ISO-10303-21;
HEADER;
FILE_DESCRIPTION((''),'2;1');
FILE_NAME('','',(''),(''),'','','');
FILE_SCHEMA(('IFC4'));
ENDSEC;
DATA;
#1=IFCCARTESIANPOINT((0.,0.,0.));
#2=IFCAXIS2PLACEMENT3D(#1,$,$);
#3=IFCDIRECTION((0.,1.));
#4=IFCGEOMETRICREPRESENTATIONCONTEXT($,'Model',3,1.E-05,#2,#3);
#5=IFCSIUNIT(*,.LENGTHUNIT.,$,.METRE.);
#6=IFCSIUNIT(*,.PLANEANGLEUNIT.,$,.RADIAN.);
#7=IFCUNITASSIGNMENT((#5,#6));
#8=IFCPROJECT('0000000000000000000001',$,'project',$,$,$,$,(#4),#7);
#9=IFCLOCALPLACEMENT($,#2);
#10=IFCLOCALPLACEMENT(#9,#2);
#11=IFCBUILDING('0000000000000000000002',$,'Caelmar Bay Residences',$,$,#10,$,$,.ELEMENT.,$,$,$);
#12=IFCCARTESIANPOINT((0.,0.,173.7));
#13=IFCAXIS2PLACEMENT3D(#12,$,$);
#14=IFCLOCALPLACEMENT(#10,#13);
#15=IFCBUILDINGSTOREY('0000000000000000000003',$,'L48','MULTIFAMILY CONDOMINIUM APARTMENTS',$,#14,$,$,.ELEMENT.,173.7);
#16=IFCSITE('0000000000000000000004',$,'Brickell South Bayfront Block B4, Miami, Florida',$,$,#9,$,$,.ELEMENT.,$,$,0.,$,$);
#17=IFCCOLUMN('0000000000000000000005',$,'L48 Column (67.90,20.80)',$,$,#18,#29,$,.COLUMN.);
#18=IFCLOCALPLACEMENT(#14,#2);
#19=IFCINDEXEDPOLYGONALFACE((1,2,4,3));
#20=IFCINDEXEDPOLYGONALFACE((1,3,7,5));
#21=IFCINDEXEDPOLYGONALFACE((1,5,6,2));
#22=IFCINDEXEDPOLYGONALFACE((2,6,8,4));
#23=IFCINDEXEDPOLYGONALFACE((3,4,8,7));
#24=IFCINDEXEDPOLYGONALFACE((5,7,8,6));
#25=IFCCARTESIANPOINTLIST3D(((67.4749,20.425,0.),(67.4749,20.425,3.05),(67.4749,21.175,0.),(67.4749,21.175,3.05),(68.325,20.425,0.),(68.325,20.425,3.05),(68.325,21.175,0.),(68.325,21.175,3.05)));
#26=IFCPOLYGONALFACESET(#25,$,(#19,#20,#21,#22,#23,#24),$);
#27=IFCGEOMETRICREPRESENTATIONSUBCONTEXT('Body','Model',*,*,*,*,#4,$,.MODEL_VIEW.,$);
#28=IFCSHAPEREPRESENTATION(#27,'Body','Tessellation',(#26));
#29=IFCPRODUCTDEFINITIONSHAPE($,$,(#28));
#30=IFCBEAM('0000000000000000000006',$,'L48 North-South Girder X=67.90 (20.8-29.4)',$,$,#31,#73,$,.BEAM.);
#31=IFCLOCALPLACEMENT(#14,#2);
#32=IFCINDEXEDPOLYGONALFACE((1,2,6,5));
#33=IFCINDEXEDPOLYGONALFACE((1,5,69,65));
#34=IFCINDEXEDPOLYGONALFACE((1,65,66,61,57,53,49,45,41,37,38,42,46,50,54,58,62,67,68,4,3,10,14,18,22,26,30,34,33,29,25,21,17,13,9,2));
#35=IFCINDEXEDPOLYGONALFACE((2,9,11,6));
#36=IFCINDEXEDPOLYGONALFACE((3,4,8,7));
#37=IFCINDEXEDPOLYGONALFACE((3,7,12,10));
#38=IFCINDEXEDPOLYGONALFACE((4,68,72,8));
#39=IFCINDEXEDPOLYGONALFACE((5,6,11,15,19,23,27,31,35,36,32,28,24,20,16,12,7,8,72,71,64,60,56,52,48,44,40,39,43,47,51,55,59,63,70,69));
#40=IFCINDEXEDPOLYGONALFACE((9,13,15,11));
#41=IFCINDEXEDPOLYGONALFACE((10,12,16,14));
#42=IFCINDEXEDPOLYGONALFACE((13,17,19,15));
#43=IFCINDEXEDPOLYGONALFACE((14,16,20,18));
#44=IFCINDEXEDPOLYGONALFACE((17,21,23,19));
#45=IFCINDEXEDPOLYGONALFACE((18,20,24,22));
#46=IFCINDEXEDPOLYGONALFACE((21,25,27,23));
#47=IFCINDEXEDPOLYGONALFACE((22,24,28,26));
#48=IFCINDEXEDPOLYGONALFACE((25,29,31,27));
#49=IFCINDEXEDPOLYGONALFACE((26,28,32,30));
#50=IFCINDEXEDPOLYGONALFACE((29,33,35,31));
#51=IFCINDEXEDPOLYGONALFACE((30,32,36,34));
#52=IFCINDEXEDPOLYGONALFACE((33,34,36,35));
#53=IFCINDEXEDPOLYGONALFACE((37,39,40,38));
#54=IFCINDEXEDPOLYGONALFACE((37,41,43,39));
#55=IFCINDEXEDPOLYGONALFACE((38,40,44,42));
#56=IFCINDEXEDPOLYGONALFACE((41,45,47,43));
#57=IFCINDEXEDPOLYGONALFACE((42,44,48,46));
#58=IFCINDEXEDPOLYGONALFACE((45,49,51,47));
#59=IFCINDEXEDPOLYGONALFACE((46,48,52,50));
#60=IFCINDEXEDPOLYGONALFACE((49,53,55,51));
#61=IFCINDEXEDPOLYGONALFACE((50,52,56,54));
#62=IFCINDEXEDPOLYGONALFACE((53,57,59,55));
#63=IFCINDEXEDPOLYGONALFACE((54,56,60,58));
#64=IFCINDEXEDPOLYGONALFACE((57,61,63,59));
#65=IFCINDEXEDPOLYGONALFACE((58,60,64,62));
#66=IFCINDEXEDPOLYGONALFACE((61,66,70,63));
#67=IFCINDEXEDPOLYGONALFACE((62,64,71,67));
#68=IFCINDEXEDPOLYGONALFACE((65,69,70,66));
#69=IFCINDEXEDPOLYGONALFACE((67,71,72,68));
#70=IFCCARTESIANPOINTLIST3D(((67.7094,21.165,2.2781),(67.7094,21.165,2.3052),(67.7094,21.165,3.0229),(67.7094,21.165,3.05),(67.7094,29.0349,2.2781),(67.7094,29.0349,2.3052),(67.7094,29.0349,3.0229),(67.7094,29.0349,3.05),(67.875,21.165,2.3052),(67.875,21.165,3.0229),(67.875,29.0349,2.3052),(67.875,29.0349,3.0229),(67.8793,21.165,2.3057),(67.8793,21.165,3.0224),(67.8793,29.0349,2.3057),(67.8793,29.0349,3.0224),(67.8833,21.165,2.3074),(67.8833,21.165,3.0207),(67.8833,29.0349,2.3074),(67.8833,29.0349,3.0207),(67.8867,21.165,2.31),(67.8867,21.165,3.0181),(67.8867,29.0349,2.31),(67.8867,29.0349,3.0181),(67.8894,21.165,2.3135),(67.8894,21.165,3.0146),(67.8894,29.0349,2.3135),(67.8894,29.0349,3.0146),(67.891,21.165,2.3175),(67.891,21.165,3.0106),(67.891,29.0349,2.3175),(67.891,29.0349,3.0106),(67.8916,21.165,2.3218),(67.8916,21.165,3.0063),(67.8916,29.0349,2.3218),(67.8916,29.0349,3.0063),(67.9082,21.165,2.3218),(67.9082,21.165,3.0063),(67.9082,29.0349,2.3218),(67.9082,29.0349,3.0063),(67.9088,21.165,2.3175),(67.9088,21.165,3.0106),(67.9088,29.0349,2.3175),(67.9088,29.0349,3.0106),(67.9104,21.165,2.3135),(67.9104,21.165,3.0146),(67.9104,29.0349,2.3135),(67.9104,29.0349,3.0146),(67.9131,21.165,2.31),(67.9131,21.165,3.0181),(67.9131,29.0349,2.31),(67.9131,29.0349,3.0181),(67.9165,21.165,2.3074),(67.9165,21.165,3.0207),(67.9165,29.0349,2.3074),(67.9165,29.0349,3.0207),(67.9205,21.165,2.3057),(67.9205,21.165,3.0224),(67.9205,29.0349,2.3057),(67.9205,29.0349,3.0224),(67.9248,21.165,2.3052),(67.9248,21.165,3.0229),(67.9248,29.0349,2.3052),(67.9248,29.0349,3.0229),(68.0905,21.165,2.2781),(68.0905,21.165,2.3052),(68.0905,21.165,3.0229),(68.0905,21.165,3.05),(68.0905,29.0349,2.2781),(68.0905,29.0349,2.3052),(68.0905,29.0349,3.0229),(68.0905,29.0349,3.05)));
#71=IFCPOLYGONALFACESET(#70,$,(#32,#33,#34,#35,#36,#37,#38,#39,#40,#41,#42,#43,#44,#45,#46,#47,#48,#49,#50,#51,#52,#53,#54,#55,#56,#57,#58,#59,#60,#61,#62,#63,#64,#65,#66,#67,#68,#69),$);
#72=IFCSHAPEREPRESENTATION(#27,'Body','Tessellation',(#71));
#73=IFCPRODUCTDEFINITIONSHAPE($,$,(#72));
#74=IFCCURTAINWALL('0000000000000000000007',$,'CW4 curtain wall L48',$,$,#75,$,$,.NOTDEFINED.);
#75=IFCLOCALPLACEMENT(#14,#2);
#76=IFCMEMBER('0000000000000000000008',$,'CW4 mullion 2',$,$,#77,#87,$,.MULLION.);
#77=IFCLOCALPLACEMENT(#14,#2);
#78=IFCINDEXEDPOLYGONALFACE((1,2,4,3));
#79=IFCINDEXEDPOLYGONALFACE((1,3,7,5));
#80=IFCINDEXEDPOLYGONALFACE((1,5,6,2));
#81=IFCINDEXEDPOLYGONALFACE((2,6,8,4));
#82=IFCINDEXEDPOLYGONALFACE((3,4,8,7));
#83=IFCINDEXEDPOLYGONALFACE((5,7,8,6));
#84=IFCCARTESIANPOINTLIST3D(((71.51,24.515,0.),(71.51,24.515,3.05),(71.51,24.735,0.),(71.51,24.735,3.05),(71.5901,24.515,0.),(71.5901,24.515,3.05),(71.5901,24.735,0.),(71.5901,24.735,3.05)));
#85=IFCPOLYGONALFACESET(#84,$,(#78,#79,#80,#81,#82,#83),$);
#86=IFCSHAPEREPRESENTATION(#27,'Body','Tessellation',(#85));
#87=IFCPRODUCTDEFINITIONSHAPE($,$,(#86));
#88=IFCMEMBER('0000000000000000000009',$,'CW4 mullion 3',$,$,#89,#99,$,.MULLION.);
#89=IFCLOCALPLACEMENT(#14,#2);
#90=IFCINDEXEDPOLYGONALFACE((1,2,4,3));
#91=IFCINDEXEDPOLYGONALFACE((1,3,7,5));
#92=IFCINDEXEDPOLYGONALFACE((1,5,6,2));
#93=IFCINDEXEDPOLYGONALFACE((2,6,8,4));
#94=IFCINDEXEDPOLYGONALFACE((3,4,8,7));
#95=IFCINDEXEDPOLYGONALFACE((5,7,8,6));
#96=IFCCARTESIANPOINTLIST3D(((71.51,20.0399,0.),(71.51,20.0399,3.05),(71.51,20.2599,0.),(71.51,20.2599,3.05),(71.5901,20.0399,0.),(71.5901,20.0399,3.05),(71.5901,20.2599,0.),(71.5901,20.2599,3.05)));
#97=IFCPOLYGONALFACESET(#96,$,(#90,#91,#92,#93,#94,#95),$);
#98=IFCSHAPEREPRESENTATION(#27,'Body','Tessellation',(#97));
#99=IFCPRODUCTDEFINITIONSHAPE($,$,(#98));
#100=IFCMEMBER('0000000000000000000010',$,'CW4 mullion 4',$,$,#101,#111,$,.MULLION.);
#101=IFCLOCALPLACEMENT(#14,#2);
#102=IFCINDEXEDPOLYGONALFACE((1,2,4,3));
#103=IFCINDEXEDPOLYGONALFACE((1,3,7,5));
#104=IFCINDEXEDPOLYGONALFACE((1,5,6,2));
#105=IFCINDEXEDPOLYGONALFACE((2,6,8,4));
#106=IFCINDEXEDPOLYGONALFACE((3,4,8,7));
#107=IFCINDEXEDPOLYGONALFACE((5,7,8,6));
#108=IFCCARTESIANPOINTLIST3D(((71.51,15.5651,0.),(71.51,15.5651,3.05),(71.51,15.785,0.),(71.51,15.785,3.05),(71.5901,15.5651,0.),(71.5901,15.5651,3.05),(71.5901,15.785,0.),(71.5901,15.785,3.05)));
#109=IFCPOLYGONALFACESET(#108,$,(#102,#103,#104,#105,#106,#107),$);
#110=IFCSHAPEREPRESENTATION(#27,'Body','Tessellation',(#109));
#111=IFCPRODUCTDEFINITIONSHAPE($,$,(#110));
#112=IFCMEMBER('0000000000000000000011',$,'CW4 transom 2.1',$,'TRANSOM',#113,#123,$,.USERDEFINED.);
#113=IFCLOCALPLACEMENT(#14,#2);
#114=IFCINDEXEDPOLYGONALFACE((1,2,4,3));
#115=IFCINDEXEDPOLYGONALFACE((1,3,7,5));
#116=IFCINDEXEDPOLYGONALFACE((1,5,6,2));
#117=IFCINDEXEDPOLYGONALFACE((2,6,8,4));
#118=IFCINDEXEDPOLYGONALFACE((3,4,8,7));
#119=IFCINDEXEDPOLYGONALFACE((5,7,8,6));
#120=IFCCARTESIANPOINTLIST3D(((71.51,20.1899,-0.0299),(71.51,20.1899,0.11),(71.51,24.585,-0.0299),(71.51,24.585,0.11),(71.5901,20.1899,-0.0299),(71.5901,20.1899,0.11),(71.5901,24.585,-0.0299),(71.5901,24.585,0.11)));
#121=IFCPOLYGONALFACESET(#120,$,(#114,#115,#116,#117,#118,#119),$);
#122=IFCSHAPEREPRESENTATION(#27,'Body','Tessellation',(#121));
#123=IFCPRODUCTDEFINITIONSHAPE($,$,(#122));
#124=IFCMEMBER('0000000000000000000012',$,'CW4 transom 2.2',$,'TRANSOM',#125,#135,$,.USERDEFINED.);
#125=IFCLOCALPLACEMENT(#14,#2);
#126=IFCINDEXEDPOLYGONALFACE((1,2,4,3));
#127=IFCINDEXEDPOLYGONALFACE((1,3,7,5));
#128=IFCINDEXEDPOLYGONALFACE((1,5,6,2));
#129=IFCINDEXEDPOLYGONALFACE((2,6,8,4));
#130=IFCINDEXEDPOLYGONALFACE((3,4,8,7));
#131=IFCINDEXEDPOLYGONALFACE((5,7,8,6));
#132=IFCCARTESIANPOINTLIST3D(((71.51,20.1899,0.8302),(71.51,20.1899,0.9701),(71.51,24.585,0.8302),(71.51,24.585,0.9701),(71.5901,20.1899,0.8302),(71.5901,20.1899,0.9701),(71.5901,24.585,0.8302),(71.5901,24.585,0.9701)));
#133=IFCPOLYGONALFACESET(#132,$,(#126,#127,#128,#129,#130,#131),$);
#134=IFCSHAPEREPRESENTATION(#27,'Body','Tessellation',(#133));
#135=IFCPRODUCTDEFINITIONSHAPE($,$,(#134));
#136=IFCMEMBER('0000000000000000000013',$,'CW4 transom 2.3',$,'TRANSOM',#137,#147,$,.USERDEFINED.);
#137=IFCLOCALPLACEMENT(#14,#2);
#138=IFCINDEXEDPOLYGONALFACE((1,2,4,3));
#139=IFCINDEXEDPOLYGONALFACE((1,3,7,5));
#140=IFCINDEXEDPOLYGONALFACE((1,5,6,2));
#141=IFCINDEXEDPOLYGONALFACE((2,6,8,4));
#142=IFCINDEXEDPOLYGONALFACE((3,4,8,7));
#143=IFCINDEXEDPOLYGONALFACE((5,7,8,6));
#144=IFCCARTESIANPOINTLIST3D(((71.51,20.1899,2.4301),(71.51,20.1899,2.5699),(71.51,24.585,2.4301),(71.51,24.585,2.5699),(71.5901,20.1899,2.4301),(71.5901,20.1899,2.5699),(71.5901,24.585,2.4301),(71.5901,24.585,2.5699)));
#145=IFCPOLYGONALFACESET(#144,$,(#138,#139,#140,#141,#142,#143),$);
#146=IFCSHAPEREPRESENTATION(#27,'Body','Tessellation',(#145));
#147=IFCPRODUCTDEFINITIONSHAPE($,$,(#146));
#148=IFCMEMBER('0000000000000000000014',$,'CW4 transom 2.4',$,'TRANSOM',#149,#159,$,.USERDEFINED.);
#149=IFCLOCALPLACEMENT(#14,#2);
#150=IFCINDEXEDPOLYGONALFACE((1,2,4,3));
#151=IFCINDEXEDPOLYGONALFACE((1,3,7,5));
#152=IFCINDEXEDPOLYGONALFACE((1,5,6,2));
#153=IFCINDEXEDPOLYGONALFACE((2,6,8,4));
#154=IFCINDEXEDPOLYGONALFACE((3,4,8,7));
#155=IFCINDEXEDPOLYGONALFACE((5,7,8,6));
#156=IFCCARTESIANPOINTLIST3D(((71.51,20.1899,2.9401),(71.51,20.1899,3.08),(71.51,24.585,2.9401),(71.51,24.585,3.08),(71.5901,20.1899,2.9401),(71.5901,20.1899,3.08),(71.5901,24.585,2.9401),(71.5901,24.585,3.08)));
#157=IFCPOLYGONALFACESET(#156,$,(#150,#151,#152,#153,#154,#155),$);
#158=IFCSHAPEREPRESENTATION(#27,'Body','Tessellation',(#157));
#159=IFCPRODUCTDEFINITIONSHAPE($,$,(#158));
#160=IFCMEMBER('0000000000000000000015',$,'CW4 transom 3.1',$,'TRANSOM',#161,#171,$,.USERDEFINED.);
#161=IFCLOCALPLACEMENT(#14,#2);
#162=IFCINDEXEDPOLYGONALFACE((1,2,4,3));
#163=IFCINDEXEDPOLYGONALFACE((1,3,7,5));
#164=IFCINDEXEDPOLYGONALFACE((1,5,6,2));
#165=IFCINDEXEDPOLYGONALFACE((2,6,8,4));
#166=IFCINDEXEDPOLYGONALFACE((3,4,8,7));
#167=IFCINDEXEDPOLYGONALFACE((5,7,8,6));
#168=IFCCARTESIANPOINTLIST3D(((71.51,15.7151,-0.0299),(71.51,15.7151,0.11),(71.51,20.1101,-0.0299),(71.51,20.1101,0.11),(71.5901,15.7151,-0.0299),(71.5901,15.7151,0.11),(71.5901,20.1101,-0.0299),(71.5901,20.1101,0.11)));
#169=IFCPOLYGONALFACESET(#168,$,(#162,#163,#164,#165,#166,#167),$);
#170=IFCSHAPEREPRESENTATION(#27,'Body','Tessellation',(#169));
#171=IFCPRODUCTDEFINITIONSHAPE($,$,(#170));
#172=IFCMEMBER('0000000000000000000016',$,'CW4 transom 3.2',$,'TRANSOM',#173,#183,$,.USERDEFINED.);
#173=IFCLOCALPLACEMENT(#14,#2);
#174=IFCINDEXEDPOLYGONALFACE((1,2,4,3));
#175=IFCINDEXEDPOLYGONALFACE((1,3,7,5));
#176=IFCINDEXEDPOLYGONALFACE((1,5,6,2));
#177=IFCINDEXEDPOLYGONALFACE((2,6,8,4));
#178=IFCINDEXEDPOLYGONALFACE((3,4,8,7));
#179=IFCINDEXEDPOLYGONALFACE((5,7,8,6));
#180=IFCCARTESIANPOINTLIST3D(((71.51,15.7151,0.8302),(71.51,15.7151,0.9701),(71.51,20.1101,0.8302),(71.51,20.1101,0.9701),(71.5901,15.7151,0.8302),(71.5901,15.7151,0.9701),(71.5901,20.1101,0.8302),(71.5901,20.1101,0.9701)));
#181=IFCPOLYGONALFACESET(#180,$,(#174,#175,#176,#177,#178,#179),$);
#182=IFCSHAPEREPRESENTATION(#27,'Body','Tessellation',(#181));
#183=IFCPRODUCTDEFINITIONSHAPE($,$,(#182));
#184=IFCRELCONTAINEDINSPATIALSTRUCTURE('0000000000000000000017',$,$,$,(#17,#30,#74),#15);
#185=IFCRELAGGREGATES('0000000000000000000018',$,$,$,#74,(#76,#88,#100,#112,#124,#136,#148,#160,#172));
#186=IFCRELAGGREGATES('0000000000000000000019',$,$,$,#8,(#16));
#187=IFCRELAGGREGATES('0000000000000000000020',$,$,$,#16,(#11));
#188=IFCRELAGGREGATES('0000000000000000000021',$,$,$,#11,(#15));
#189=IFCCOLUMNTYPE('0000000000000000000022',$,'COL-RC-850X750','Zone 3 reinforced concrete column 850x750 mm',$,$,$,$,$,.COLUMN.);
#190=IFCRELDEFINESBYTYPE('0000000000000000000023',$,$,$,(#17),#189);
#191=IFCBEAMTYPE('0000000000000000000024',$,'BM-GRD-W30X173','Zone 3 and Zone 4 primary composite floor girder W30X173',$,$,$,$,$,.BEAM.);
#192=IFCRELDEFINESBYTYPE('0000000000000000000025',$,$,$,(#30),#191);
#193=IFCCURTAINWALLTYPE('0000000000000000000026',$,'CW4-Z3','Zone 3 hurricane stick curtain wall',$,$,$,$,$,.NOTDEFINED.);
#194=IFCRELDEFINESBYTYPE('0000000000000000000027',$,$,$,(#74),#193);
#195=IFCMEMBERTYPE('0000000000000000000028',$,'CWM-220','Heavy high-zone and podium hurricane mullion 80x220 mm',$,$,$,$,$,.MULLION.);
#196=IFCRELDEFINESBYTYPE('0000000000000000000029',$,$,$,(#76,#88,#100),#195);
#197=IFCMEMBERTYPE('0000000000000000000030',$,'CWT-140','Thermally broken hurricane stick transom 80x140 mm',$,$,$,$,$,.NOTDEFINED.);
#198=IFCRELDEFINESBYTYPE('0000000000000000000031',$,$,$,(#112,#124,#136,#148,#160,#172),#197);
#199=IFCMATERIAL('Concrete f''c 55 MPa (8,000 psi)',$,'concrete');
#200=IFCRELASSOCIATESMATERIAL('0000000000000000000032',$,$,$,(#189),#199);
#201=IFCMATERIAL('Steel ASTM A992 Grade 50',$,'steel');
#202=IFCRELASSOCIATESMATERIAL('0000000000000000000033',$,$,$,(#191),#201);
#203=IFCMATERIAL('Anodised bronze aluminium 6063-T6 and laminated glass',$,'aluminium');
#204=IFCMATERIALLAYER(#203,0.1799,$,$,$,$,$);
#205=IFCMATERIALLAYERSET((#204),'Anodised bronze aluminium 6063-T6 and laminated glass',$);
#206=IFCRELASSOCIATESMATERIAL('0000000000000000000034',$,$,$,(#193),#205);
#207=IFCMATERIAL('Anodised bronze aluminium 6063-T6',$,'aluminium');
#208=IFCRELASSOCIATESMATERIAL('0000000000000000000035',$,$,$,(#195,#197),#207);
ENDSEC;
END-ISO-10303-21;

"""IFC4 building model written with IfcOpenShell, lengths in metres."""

from ifc_helpers import new_model, si_unit, direction, frame, origin, origin_2d, place, context, subcontext, project, spatial, rectangle, i_section, extrude, material, layer, layer_set, material_profile, profile_set, type_object, element, aggregate, save


model = new_model("IFC4")

# Units and contexts
model_context = context("Model", 3, precision=1e-05, world=origin(), true_north=direction((0.0, 1.0)))
body_context = subcontext(model_context, "Body", "Model", "MODEL_VIEW")
ifc_project = project(units=[si_unit("LENGTHUNIT", "METRE"), si_unit("PLANEANGLEUNIT", "RADIAN")], contexts=[model_context])

# Site, building, storey
site_placement = place(None, origin())
site = spatial("IfcSite", under=ifc_project, at=site_placement, Name="Brickell South Bayfront Block B4, Miami, Florida", CompositionType="ELEMENT", RefElevation=0.0)
building_placement = place(site_placement, origin())
building = spatial("IfcBuilding", under=site, at=building_placement, Name="Caelmar Bay Residences", CompositionType="ELEMENT")
storey_placement = place(building_placement, frame((0.0, 0.0, 173.7)))
storey = spatial("IfcBuildingStorey", under=building, at=storey_placement, Name="L48", Description="MULTIFAMILY CONDOMINIUM APARTMENTS", CompositionType="ELEMENT", Elevation=173.7)

# Column
ifc_material_1 = material(Name="Concrete f'c 55 MPa (8,000 psi)", Category="concrete")
ifc_material_profile_1 = material_profile(ifc_material_1, rectangle(XDim=0.8501, YDim=0.75, at=origin_2d()), Name="RC-COL-850X750")
ifc_profile_set_1 = profile_set([ifc_material_profile_1], Name="Concrete f'c 55 MPa (8,000 psi)")
column_type = type_object("IfcColumnType", Name="COL-RC-850X750", Description="Zone 3 reinforced concrete column 850x750 mm", PredefinedType="COLUMN", material=ifc_profile_set_1)
column_placement = place(storey_placement, frame((67.8999, 20.8, 0.0), z_axis=(0.0, 0.0, 1.0), x_axis=(1.0, 0.0, 0.0)))
element("IfcColumn", 1, at=column_placement, inside=storey, type_object=column_type, Name="L48 Column (67.90,20.80)", PredefinedType="COLUMN", context=body_context, shape_type="SweptSolid", body=[
    extrude(rectangle(XDim=0.8501, YDim=0.75, at=origin_2d()), origin(), (0.0, 0.0, 1.0), 3.05),
])

# Beam
ifc_material_2 = material(Name="Steel ASTM A992 Grade 50", Category="steel")
ifc_material_profile_2 = material_profile(ifc_material_2, i_section(OverallWidth=0.3811, OverallDepth=0.772, WebThickness=0.0166, FlangeThickness=0.0271, FilletRadius=0.0166, at=origin_2d()), Name="W30X173")
ifc_profile_set_2 = profile_set([ifc_material_profile_2], Name="Steel ASTM A992 Grade 50")
beam_type = type_object("IfcBeamType", Name="BM-GRD-W30X173", Description="Zone 3 and Zone 4 primary composite floor girder W30X173", PredefinedType="BEAM", material=ifc_profile_set_2)
beam_placement = place(storey_placement, frame((67.8999, 21.165, 2.6641), z_axis=(0.0, 1.0, 0.0), x_axis=(-1.0, 0.0, 0.0)))
element("IfcBeam", 2, at=beam_placement, inside=storey, type_object=beam_type, Name="L48 North-South Girder X=67.90 (20.8-29.4)", PredefinedType="BEAM", context=body_context, shape_type="SweptSolid", body=[
    extrude(i_section(OverallWidth=0.3811, OverallDepth=0.772, WebThickness=0.0166, FlangeThickness=0.0271, FilletRadius=0.0166, at=origin_2d()), origin(), (0.0, 0.0, 1.0), 7.8699),
])

# Curtain wall, members
ifc_material_3 = material(Name="Anodised bronze aluminium 6063-T6 and laminated glass", Category="aluminium")
ifc_layer_1 = layer(ifc_material_3, 0.1799)
ifc_layer_set_1 = layer_set([ifc_layer_1], Name="Anodised bronze aluminium 6063-T6 and laminated glass")
curtain_wall_type = type_object("IfcCurtainWallType", Name="CW4-Z3", Description="Zone 3 hurricane stick curtain wall", PredefinedType="NOTDEFINED", material=ifc_layer_set_1)
curtain_wall_placement = place(storey_placement, origin())
curtain_wall = element("IfcCurtainWall", 3, at=curtain_wall_placement, inside=storey, type_object=curtain_wall_type, Name="CW4 curtain wall L48", PredefinedType="NOTDEFINED")
ifc_material_4 = material(Name="Anodised bronze aluminium 6063-T6", Category="aluminium")
ifc_material_profile_3 = material_profile(ifc_material_4, rectangle(XDim=0.0801, YDim=0.22, at=origin_2d()), Name="CWM-80X220")
ifc_profile_set_3 = profile_set([ifc_material_profile_3], Name="Anodised bronze aluminium 6063-T6")
member_type_1 = type_object("IfcMemberType", Name="CWM-220", Description="Heavy high-zone and podium hurricane mullion 80x220 mm", PredefinedType="MULLION", material=ifc_profile_set_3)
member_1_placement = place(storey_placement, frame((71.55, 24.625, 0.0), z_axis=(0.0, 0.0, 1.0), x_axis=(1.0, 0.0, 0.0)))
member_1 = element("IfcMember", 4, at=member_1_placement, type_object=member_type_1, Name="CW4 mullion 2", PredefinedType="MULLION", context=body_context, shape_type="SweptSolid", body=[
    extrude(rectangle(XDim=0.0801, YDim=0.22, at=origin_2d()), origin(), (0.0, 0.0, 1.0), 3.05),
])
member_2_placement = place(storey_placement, frame((71.55, 20.1499, 0.0), z_axis=(0.0, 0.0, 1.0), x_axis=(1.0, 0.0, 0.0)))
member_2 = element("IfcMember", 5, at=member_2_placement, type_object=member_type_1, Name="CW4 mullion 3", PredefinedType="MULLION", context=body_context, shape_type="SweptSolid", body=[
    extrude(rectangle(XDim=0.0801, YDim=0.22, at=origin_2d()), origin(), (0.0, 0.0, 1.0), 3.05),
])
member_3_placement = place(storey_placement, frame((71.55, 15.675, 0.0), z_axis=(0.0, 0.0, 1.0), x_axis=(1.0, 0.0, 0.0)))
member_3 = element("IfcMember", 6, at=member_3_placement, type_object=member_type_1, Name="CW4 mullion 4", PredefinedType="MULLION", context=body_context, shape_type="SweptSolid", body=[
    extrude(rectangle(XDim=0.0801, YDim=0.22, at=origin_2d()), origin(), (0.0, 0.0, 1.0), 3.05),
])
ifc_material_profile_4 = material_profile(ifc_material_4, rectangle(XDim=0.0801, YDim=0.1399, at=origin_2d()), Name="CWT-80X140")
ifc_profile_set_4 = profile_set([ifc_material_profile_4], Name="Anodised bronze aluminium 6063-T6")
member_type_2 = type_object("IfcMemberType", Name="CWT-140", Description="Thermally broken hurricane stick transom 80x140 mm", PredefinedType="NOTDEFINED", material=ifc_profile_set_4)
member_4_placement = place(storey_placement, frame((71.55, 24.585, 0.04), z_axis=(0.0, -1.0, 0.0), x_axis=(1.0, 0.0, 0.0)))
member_4 = element("IfcMember", 7, at=member_4_placement, type_object=member_type_2, Name="CW4 transom 2.1", ObjectType="TRANSOM", PredefinedType="USERDEFINED", context=body_context, shape_type="SweptSolid", body=[
    extrude(rectangle(XDim=0.0801, YDim=0.1399, at=origin_2d()), origin(), (0.0, 0.0, 1.0), 4.395),
])
member_5_placement = place(storey_placement, frame((71.55, 24.585, 0.9001), z_axis=(0.0, -1.0, 0.0), x_axis=(1.0, 0.0, 0.0)))
member_5 = element("IfcMember", 8, at=member_5_placement, type_object=member_type_2, Name="CW4 transom 2.2", ObjectType="TRANSOM", PredefinedType="USERDEFINED", context=body_context, shape_type="SweptSolid", body=[
    extrude(rectangle(XDim=0.0801, YDim=0.1399, at=origin_2d()), origin(), (0.0, 0.0, 1.0), 4.395),
])
member_6_placement = place(storey_placement, frame((71.55, 24.585, 2.5), z_axis=(0.0, -1.0, 0.0), x_axis=(1.0, 0.0, 0.0)))
member_6 = element("IfcMember", 9, at=member_6_placement, type_object=member_type_2, Name="CW4 transom 2.3", ObjectType="TRANSOM", PredefinedType="USERDEFINED", context=body_context, shape_type="SweptSolid", body=[
    extrude(rectangle(XDim=0.0801, YDim=0.1399, at=origin_2d()), origin(), (0.0, 0.0, 1.0), 4.395),
])
member_7_placement = place(storey_placement, frame((71.55, 24.585, 3.01), z_axis=(0.0, -1.0, 0.0), x_axis=(1.0, 0.0, 0.0)))
member_7 = element("IfcMember", 10, at=member_7_placement, type_object=member_type_2, Name="CW4 transom 2.4", ObjectType="TRANSOM", PredefinedType="USERDEFINED", context=body_context, shape_type="SweptSolid", body=[
    extrude(rectangle(XDim=0.0801, YDim=0.1399, at=origin_2d()), origin(), (0.0, 0.0, 1.0), 4.395),
])
member_8_placement = place(storey_placement, frame((71.55, 20.1101, 0.04), z_axis=(0.0, -1.0, 0.0), x_axis=(1.0, 0.0, 0.0)))
member_8 = element("IfcMember", 11, at=member_8_placement, type_object=member_type_2, Name="CW4 transom 3.1", ObjectType="TRANSOM", PredefinedType="USERDEFINED", context=body_context, shape_type="SweptSolid", body=[
    extrude(rectangle(XDim=0.0801, YDim=0.1399, at=origin_2d()), origin(), (0.0, 0.0, 1.0), 4.395),
])
member_9_placement = place(storey_placement, frame((71.55, 20.1101, 0.9001), z_axis=(0.0, -1.0, 0.0), x_axis=(1.0, 0.0, 0.0)))
member_9 = element("IfcMember", 12, at=member_9_placement, type_object=member_type_2, Name="CW4 transom 3.2", ObjectType="TRANSOM", PredefinedType="USERDEFINED", context=body_context, shape_type="SweptSolid", body=[
    extrude(rectangle(XDim=0.0801, YDim=0.1399, at=origin_2d()), origin(), (0.0, 0.0, 1.0), 4.395),
])
aggregate(curtain_wall, [member_1, member_2, member_3, member_4, member_5, member_6, member_7, member_8, member_9])

save(model, "model.ifc")
